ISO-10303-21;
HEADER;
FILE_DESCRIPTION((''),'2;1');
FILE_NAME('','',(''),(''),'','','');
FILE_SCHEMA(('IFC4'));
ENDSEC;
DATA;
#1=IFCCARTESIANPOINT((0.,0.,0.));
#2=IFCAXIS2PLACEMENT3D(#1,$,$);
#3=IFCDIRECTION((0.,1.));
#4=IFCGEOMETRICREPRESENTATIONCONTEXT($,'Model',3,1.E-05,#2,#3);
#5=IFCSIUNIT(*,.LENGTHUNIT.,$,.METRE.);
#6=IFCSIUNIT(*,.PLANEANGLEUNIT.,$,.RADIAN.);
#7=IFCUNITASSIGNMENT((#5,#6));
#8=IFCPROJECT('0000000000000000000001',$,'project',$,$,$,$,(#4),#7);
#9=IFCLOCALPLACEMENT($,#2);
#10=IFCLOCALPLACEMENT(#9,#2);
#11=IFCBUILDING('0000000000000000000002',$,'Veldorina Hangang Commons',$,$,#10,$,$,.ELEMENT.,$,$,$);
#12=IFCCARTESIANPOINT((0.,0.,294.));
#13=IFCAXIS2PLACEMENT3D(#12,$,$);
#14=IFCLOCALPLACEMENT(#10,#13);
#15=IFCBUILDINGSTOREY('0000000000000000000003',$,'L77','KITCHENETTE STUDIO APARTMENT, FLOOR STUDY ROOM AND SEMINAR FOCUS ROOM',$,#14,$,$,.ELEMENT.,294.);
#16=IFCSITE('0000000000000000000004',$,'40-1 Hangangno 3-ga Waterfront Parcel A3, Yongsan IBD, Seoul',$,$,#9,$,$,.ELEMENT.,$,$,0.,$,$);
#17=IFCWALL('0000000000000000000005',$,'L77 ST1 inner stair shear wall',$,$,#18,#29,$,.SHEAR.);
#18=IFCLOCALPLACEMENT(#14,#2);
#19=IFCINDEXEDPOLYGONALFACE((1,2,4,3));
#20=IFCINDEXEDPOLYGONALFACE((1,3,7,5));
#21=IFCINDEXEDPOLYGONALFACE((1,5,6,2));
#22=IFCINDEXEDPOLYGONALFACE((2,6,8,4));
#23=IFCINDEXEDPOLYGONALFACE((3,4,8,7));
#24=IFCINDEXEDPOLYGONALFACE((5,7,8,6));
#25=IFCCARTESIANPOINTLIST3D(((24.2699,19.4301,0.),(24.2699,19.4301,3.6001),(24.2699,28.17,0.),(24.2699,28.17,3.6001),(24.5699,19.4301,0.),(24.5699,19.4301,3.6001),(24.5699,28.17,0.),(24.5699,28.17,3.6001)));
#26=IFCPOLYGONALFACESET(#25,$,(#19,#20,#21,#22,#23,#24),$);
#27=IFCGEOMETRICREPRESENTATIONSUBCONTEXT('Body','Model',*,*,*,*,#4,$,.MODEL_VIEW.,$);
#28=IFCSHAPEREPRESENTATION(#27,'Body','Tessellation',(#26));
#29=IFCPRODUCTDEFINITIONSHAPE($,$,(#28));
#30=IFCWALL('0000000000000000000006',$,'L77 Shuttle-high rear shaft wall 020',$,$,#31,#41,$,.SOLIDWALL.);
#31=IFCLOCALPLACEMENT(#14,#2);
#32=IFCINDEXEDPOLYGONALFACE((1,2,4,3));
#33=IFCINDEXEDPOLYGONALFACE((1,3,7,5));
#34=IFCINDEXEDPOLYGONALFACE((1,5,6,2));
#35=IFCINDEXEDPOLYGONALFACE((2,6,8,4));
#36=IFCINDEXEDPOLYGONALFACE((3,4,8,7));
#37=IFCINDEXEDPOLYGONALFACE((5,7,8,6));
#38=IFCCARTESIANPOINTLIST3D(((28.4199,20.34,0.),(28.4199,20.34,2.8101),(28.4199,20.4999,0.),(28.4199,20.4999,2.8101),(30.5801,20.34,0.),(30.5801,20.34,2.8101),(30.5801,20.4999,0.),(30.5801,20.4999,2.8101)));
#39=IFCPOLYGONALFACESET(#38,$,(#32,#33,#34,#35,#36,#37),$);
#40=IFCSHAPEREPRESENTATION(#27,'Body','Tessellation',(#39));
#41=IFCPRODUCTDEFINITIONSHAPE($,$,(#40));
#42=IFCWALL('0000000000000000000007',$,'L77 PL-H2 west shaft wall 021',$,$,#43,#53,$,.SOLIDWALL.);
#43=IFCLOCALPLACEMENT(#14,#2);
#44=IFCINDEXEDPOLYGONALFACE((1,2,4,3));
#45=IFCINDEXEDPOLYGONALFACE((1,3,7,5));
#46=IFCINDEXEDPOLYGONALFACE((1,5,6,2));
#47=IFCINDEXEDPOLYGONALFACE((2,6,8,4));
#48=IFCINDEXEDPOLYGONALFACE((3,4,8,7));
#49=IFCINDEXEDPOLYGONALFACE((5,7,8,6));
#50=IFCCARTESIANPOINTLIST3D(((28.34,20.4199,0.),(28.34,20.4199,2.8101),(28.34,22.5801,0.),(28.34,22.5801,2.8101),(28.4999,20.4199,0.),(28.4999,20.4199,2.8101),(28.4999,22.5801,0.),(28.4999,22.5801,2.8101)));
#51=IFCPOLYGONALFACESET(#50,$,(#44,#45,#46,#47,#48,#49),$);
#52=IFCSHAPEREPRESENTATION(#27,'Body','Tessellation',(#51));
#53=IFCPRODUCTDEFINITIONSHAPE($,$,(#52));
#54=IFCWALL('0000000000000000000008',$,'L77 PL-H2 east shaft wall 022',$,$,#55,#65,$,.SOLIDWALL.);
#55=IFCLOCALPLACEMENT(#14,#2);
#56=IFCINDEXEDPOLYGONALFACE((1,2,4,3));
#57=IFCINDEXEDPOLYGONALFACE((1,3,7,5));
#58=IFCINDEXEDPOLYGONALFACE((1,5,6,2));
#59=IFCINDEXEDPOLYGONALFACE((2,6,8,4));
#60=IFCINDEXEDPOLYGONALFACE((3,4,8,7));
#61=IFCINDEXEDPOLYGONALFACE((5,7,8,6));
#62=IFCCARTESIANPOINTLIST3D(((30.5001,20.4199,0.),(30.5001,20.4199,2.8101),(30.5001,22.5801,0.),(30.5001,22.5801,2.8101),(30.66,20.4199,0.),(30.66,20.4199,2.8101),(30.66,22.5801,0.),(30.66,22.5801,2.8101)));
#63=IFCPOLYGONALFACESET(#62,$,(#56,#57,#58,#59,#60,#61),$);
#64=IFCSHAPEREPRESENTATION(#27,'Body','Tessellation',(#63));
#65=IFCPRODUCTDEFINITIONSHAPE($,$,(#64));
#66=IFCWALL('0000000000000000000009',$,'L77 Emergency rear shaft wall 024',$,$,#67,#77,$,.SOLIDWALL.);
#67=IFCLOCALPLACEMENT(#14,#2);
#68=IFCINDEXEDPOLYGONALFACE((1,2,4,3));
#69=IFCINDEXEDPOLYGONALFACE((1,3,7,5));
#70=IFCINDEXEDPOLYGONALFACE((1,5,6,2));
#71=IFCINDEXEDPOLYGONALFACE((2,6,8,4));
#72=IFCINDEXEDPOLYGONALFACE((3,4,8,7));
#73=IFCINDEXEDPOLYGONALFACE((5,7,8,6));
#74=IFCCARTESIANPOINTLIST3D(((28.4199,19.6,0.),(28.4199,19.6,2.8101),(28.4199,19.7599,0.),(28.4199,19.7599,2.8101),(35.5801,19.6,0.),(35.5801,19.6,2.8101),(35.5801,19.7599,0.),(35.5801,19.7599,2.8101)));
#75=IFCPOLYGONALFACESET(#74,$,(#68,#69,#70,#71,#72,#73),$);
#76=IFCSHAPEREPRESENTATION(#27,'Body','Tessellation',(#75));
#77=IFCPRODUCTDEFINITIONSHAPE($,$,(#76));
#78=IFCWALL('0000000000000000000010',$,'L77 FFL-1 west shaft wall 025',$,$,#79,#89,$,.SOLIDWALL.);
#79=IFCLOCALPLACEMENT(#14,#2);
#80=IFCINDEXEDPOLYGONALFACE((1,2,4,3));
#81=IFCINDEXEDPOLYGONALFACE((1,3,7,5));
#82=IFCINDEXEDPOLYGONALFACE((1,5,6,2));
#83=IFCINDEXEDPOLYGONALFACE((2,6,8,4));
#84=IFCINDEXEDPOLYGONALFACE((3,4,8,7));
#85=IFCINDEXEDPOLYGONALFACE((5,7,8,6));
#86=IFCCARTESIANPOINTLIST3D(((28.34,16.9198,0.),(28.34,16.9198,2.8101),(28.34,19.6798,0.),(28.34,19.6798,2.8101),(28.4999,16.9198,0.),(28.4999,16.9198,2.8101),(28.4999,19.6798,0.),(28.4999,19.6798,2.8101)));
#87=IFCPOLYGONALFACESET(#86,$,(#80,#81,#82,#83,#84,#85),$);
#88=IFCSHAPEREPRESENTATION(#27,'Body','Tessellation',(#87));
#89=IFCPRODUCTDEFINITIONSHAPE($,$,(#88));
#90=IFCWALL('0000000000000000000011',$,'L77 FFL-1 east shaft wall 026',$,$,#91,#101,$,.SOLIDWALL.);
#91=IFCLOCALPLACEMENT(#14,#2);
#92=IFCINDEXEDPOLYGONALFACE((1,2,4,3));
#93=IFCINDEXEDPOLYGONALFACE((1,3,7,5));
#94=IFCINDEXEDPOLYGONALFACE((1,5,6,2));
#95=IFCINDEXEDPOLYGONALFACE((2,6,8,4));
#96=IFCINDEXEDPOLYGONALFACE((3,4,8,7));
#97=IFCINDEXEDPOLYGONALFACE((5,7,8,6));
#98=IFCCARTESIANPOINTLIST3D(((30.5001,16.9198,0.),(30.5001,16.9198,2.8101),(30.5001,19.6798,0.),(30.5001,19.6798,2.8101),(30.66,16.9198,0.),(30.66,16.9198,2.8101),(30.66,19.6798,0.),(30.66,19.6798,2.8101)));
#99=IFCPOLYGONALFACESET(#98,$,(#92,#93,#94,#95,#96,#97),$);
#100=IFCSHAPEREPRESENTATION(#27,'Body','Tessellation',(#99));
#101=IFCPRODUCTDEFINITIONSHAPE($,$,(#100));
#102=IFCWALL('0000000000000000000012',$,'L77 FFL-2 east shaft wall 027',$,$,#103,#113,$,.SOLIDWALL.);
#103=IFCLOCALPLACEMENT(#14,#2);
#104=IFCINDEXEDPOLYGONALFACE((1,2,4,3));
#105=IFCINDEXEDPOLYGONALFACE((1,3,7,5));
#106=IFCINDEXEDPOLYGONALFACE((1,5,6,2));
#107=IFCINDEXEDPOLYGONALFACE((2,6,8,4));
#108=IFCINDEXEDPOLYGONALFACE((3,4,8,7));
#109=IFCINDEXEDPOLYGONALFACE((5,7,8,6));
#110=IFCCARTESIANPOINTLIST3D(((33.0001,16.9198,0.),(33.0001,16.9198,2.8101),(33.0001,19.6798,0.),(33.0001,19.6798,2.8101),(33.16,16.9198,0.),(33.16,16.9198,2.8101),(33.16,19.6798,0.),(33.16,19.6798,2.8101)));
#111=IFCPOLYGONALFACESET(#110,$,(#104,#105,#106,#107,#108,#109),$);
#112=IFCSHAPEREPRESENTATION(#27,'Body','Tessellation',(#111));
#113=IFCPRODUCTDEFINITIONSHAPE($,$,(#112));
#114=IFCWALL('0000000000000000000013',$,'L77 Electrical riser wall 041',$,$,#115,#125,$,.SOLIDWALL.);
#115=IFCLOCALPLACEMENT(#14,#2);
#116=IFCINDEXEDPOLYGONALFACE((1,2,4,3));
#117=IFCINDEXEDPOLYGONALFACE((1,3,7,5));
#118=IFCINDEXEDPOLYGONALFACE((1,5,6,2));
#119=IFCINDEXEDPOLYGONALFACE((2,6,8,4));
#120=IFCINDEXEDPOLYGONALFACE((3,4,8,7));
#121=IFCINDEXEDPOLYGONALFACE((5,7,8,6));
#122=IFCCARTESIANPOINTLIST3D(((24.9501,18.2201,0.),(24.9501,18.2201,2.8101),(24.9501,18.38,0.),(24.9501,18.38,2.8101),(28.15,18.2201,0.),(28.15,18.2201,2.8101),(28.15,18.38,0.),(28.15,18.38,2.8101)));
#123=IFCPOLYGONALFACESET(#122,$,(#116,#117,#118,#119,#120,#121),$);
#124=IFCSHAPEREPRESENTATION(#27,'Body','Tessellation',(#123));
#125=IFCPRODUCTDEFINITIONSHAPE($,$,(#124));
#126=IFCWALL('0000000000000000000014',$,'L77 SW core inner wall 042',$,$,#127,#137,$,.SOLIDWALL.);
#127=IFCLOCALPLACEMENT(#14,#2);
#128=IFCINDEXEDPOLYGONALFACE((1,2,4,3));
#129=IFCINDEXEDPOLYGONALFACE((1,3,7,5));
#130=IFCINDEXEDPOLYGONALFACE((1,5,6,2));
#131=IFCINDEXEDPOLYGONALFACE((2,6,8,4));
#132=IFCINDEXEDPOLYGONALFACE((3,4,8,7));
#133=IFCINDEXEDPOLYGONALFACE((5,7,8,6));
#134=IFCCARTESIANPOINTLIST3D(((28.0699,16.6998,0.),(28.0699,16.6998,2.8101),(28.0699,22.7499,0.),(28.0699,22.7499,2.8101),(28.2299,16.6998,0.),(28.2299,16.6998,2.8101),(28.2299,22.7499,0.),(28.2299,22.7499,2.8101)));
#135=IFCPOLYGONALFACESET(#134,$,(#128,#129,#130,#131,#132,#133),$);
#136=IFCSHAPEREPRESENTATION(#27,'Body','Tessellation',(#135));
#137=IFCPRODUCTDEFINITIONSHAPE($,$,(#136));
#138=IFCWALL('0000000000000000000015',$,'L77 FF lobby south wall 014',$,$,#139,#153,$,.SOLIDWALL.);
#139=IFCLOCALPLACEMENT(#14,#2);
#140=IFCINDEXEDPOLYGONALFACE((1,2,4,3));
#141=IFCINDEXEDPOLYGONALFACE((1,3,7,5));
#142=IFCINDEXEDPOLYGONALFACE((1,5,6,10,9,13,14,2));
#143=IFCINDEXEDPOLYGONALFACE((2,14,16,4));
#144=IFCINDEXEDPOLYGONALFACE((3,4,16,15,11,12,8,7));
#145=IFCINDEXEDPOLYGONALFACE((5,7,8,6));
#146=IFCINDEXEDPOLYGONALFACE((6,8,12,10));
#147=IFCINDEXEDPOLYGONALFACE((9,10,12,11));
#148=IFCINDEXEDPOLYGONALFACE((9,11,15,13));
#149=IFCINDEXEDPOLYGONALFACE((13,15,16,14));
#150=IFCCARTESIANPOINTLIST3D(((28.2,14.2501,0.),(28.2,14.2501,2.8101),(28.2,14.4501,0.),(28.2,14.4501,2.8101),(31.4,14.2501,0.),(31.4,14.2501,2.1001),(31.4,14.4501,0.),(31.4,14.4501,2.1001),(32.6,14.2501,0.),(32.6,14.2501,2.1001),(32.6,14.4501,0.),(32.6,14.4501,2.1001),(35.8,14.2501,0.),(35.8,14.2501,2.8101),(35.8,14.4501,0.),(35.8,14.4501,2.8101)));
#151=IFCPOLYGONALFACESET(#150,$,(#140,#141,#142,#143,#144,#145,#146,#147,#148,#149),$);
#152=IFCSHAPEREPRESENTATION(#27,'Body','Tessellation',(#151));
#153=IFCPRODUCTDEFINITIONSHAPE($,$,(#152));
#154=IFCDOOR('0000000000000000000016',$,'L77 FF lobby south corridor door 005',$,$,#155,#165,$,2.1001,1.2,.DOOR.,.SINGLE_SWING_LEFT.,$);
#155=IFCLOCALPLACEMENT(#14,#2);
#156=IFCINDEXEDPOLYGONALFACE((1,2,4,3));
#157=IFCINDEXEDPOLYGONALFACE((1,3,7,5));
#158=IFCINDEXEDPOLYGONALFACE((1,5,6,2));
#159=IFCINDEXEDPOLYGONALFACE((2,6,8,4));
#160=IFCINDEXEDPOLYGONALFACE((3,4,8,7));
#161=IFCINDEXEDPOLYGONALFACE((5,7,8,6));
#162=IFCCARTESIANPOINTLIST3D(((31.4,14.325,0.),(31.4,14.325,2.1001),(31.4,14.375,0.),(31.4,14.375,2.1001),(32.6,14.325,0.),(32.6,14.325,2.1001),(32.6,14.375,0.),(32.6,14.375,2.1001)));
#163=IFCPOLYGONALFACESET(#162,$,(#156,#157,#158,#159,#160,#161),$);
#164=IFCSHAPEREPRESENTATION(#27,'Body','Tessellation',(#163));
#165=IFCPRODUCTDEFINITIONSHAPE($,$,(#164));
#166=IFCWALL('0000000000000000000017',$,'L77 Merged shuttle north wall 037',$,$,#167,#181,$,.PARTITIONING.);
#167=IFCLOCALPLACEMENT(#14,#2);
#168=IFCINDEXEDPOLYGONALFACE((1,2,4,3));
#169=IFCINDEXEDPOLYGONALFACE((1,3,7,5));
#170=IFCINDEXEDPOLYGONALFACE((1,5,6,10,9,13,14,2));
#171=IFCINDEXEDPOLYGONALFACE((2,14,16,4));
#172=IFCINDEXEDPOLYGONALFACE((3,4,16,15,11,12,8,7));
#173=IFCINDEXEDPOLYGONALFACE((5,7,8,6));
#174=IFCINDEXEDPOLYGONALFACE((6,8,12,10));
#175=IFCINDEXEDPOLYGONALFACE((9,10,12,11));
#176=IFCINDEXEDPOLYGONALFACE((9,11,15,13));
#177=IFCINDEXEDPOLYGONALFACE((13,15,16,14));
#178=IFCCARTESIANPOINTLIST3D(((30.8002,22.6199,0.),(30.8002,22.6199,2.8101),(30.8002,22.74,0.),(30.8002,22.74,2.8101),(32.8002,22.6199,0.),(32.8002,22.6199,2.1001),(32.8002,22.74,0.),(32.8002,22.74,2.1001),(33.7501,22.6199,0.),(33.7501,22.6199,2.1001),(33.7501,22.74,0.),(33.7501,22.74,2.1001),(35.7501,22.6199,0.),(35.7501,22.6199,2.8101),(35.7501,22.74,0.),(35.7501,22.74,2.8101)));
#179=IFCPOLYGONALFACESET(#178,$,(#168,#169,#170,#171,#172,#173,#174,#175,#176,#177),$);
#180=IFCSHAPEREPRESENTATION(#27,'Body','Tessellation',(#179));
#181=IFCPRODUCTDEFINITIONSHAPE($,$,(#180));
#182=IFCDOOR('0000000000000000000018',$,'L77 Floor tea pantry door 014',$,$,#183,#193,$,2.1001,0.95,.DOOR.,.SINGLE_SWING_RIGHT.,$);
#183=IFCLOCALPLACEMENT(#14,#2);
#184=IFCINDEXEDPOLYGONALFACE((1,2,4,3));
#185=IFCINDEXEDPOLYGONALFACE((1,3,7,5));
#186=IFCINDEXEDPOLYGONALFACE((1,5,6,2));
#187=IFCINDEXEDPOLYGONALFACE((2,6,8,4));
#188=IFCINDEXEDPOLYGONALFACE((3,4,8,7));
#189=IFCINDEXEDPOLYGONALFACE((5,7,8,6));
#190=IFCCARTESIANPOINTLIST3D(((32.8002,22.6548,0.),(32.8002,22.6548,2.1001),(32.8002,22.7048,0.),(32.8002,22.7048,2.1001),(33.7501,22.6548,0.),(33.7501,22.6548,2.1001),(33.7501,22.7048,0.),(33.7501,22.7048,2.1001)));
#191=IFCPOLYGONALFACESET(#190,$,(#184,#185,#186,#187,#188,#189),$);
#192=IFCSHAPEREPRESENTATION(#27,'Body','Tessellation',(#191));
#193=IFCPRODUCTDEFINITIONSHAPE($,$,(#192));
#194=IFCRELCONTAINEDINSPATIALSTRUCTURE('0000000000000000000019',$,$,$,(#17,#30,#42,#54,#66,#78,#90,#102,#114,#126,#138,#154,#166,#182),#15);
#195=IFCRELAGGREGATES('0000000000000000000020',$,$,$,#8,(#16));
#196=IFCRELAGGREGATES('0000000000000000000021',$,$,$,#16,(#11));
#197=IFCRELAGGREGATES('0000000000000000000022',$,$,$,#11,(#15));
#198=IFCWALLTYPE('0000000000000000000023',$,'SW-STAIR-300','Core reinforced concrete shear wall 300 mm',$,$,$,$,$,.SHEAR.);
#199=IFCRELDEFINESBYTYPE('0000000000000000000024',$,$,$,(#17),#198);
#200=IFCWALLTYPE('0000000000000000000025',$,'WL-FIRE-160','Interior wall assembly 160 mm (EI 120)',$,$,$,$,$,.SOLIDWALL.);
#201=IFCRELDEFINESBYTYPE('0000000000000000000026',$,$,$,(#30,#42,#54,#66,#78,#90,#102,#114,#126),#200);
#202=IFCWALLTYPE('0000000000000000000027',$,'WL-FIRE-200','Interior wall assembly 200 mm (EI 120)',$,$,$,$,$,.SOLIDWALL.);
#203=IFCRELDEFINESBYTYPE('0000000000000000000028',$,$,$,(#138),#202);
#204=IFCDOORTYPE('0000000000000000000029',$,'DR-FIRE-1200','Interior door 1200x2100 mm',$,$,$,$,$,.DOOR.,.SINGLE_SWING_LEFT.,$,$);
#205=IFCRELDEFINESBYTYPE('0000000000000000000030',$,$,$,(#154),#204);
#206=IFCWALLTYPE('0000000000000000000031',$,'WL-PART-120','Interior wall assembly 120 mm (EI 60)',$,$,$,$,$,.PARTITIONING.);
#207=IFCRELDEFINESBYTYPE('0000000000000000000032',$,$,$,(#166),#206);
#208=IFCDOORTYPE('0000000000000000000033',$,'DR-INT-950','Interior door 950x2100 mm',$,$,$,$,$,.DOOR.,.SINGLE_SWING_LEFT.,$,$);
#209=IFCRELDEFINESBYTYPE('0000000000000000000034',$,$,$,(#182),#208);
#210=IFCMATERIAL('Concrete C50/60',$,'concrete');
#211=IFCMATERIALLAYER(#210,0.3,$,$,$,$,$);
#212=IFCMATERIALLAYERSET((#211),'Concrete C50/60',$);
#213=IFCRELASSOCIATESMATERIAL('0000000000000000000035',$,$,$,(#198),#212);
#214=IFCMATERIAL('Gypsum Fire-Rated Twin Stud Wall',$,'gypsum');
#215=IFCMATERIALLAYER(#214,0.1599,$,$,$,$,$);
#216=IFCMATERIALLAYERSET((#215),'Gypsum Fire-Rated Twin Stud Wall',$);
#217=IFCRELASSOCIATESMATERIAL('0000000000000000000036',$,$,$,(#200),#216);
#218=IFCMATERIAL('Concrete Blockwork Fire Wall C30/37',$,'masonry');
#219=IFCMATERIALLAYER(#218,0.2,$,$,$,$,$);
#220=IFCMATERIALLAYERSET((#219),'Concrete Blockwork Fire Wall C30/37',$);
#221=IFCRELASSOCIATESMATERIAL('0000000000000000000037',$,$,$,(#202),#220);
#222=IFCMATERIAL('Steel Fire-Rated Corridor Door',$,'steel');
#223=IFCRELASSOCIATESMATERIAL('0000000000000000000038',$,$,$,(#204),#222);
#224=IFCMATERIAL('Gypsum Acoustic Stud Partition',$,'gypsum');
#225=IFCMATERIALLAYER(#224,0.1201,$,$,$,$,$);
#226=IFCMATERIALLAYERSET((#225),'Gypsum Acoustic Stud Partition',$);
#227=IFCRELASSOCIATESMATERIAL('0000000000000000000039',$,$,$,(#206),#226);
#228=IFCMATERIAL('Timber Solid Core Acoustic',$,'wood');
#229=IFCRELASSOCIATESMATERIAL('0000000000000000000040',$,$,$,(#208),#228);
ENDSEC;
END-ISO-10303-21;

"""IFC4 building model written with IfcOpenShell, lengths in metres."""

from ifc_helpers import new_model, si_unit, direction, frame, frame_2d, origin, place, context, subcontext, project, spatial, rectangle, extrude, material, layer, layer_set, type_object, element, fill, save


model = new_model("IFC4")

# Units and contexts
model_context = context("Model", 3, precision=1e-05, world=origin(), true_north=direction((0.0, 1.0)))
body_context = subcontext(model_context, "Body", "Model", "MODEL_VIEW")
ifc_project = project(units=[si_unit("LENGTHUNIT", "METRE"), si_unit("PLANEANGLEUNIT", "RADIAN")], contexts=[model_context])

# Site, building, storey
site_placement = place(None, origin())
site = spatial("IfcSite", under=ifc_project, at=site_placement, Name="40-1 Hangangno 3-ga Waterfront Parcel A3, Yongsan IBD, Seoul", CompositionType="ELEMENT", RefElevation=0.0)
building_placement = place(site_placement, origin())
building = spatial("IfcBuilding", under=site, at=building_placement, Name="Veldorina Hangang Commons", CompositionType="ELEMENT")
storey_placement = place(building_placement, frame((0.0, 0.0, 294.0)))
storey = spatial("IfcBuildingStorey", under=building, at=storey_placement, Name="L77", Description="KITCHENETTE STUDIO APARTMENT, FLOOR STUDY ROOM AND SEMINAR FOCUS ROOM", CompositionType="ELEMENT", Elevation=294.0)

# Shared definitions
ifc_material_1 = material(Name="Concrete C50/60", Category="concrete")

# Wall
ifc_layer_1 = layer(ifc_material_1, 0.3)
ifc_layer_set_1 = layer_set([ifc_layer_1], Name="Concrete C50/60")
wall_type_1 = type_object("IfcWallType", Name="SW-STAIR-300", Description="Core reinforced concrete shear wall 300 mm", PredefinedType="SHEAR", material=ifc_layer_set_1)
wall_1_placement = place(storey_placement, frame((24.4199, 19.4299, 0.0), z_axis=(0.0, 0.0, 1.0), x_axis=(0.0, 1.0, 0.0)))
element("IfcWall", 1, at=wall_1_placement, inside=storey, type_object=wall_type_1, Name="L77 ST1 inner stair shear wall", PredefinedType="SHEAR", context=body_context, shape_type="SweptSolid", body=[
    extrude(rectangle(XDim=8.74, YDim=0.3, at=frame_2d((4.3701, 0.0))), origin(), (0.0, 0.0, 1.0), 3.6001),
])

# Shared definitions
ifc_material_2 = material(Name="Gypsum Fire-Rated Twin Stud Wall", Category="gypsum")
ifc_layer_2 = layer(ifc_material_2, 0.1599)
ifc_layer_set_2 = layer_set([ifc_layer_2], Name="Gypsum Fire-Rated Twin Stud Wall")
wall_type_2 = type_object("IfcWallType", Name="WL-FIRE-160", Description="Interior wall assembly 160 mm (EI 120)", PredefinedType="SOLIDWALL", material=ifc_layer_set_2)

# Walls
for number, where, z_axis, x_axis, name in (
    (2, (28.4199, 20.4199, 0.0), (0.0, 0.0, 1.0), (1.0, 0.0, 0.0), "L77 Shuttle-high rear shaft wall 020"),
    (3, (28.4199, 20.4199, 0.0), (0.0, 0.0, 1.0), (0.0, 1.0, 0.0), "L77 PL-H2 west shaft wall 021"),
    (4, (30.5801, 20.4199, 0.0), (0.0, 0.0, 1.0), (0.0, 1.0, 0.0), "L77 PL-H2 east shaft wall 022"),
):
    element("IfcWall", number, at=place(storey_placement, frame(where, z_axis=z_axis, x_axis=x_axis)), inside=storey, type_object=wall_type_2, Name=name, PredefinedType="SOLIDWALL", context=body_context, shape_type="SweptSolid", body=[
        extrude(rectangle(XDim=2.1602, YDim=0.1599, at=frame_2d((1.0801, 0.0))), origin(), (0.0, 0.0, 1.0), 2.8101),
    ])

# Walls
wall_2_placement = place(storey_placement, frame((28.4199, 19.6799, 0.0), z_axis=(0.0, 0.0, 1.0), x_axis=(1.0, 0.0, 0.0)))
element("IfcWall", 5, at=wall_2_placement, inside=storey, type_object=wall_type_2, Name="L77 Emergency rear shaft wall 024", PredefinedType="SOLIDWALL", context=body_context, shape_type="SweptSolid", body=[
    extrude(rectangle(XDim=7.1602, YDim=0.1599, at=frame_2d((3.5801, 0.0))), origin(), (0.0, 0.0, 1.0), 2.8101),
])
for number, where, z_axis, x_axis, name in (
    (6, (28.4199, 16.9199, 0.0), (0.0, 0.0, 1.0), (0.0, 1.0, 0.0), "L77 FFL-1 west shaft wall 025"),
    (7, (30.5801, 16.9199, 0.0), (0.0, 0.0, 1.0), (0.0, 1.0, 0.0), "L77 FFL-1 east shaft wall 026"),
    (8, (33.0801, 16.9199, 0.0), (0.0, 0.0, 1.0), (0.0, 1.0, 0.0), "L77 FFL-2 east shaft wall 027"),
):
    element("IfcWall", number, at=place(storey_placement, frame(where, z_axis=z_axis, x_axis=x_axis)), inside=storey, type_object=wall_type_2, Name=name, PredefinedType="SOLIDWALL", context=body_context, shape_type="SweptSolid", body=[
        extrude(rectangle(XDim=2.76, YDim=0.1599, at=frame_2d((1.3799, 0.0))), origin(), (0.0, 0.0, 1.0), 2.8101),
    ])
wall_3_placement = place(storey_placement, frame((24.95, 18.3, 0.0), z_axis=(0.0, 0.0, 1.0), x_axis=(1.0, 0.0, 0.0)))
element("IfcWall", 9, at=wall_3_placement, inside=storey, type_object=wall_type_2, Name="L77 Electrical riser wall 041", PredefinedType="SOLIDWALL", context=body_context, shape_type="SweptSolid", body=[
    extrude(rectangle(XDim=3.2, YDim=0.1599, at=frame_2d((1.6001, 0.0))), origin(), (0.0, 0.0, 1.0), 2.8101),
])
wall_4_placement = place(storey_placement, frame((28.1499, 16.7, 0.0), z_axis=(0.0, 0.0, 1.0), x_axis=(0.0, 1.0, 0.0)))
element("IfcWall", 10, at=wall_4_placement, inside=storey, type_object=wall_type_2, Name="L77 SW core inner wall 042", PredefinedType="SOLIDWALL", context=body_context, shape_type="SweptSolid", body=[
    extrude(rectangle(XDim=6.05, YDim=0.1599, at=frame_2d((3.0249, 0.0))), origin(), (0.0, 0.0, 1.0), 2.8101),
])

# Walls, openings, doors
ifc_material_3 = material(Name="Concrete Blockwork Fire Wall C30/37", Category="masonry")
ifc_layer_3 = layer(ifc_material_3, 0.2)
ifc_layer_set_3 = layer_set([ifc_layer_3], Name="Concrete Blockwork Fire Wall C30/37")
wall_type_3 = type_object("IfcWallType", Name="WL-FIRE-200", Description="Interior wall assembly 200 mm (EI 120)", PredefinedType="SOLIDWALL", material=ifc_layer_set_3)
wall_5_placement = place(storey_placement, frame((28.2, 14.3501, 0.0), z_axis=(0.0, 0.0, 1.0), x_axis=(1.0, 0.0, 0.0)))
wall_5 = element("IfcWall", 11, at=wall_5_placement, inside=storey, type_object=wall_type_3, Name="L77 FF lobby south wall 014", PredefinedType="SOLIDWALL", context=body_context, shape_type="SweptSolid", body=[
    extrude(rectangle(XDim=7.6001, YDim=0.2, at=frame_2d((3.8, 0.0))), origin(), (0.0, 0.0, 1.0), 2.8101),
])
opening_1_placement = place(wall_5_placement, frame((3.2, 0.0, 0.0)))
opening_1 = element("IfcOpeningElement", 12, at=opening_1_placement, cuts=wall_5, PredefinedType="OPENING", context=body_context, shape_type="SweptSolid", body=[
    extrude(rectangle(XDim=1.2, YDim=2.1001, at=frame_2d((0.6001, 1.05))), frame((0.0, 0.1099, 0.0), z_axis=(0.0, -1.0, 0.0), x_axis=(1.0, 0.0, 0.0)), (0.0, 0.0, 1.0), 0.22),
])
ifc_material_4 = material(Name="Steel Fire-Rated Corridor Door", Category="steel")
door_type_1 = type_object("IfcDoorType", Name="DR-FIRE-1200", Description="Interior door 1200x2100 mm", OperationType="SINGLE_SWING_LEFT", PredefinedType="DOOR", material=ifc_material_4)
door_1_placement = place(opening_1_placement, origin())
door_1 = element("IfcDoor", 13, at=door_1_placement, inside=storey, type_object=door_type_1, Name="L77 FF lobby south corridor door 005", OperationType="SINGLE_SWING_LEFT", OverallHeight=2.1001, OverallWidth=1.2, PredefinedType="DOOR", context=body_context, shape_type="SweptSolid", body=[
    extrude(rectangle(XDim=1.2, YDim=2.1001, at=frame_2d((0.6001, 1.05))), frame((0.0, 0.0249, 0.0), z_axis=(0.0, -1.0, 0.0), x_axis=(1.0, 0.0, 0.0)), (0.0, 0.0, 1.0), 0.05),
])
fill(opening_1, door_1)
ifc_material_5 = material(Name="Gypsum Acoustic Stud Partition", Category="gypsum")
ifc_layer_4 = layer(ifc_material_5, 0.1201)
ifc_layer_set_4 = layer_set([ifc_layer_4], Name="Gypsum Acoustic Stud Partition")
wall_type_4 = type_object("IfcWallType", Name="WL-PART-120", Description="Interior wall assembly 120 mm (EI 60)", PredefinedType="PARTITIONING", material=ifc_layer_set_4)
wall_6_placement = place(storey_placement, frame((30.8, 22.6799, 0.0), z_axis=(0.0, 0.0, 1.0), x_axis=(1.0, 0.0, 0.0)))
wall_6 = element("IfcWall", 14, at=wall_6_placement, inside=storey, type_object=wall_type_4, Name="L77 Merged shuttle north wall 037", PredefinedType="PARTITIONING", context=body_context, shape_type="SweptSolid", body=[
    extrude(rectangle(XDim=4.95, YDim=0.1201, at=frame_2d((2.4751, 0.0))), origin(), (0.0, 0.0, 1.0), 2.8101),
])
opening_2_placement = place(wall_6_placement, frame((2.0, 0.0, 0.0)))
opening_2 = element("IfcOpeningElement", 15, at=opening_2_placement, cuts=wall_6, PredefinedType="OPENING", context=body_context, shape_type="SweptSolid", body=[
    extrude(rectangle(XDim=0.95, YDim=2.1001, at=frame_2d((0.4751, 1.05))), frame((0.0, 0.0701, 0.0), z_axis=(0.0, -1.0, 0.0), x_axis=(1.0, 0.0, 0.0)), (0.0, 0.0, 1.0), 0.1401),
])
ifc_material_6 = material(Name="Timber Solid Core Acoustic", Category="wood")
door_type_2 = type_object("IfcDoorType", Name="DR-INT-950", Description="Interior door 950x2100 mm", OperationType="SINGLE_SWING_LEFT", PredefinedType="DOOR", material=ifc_material_6)
door_2_placement = place(opening_2_placement, origin())
door_2 = element("IfcDoor", 16, at=door_2_placement, inside=storey, type_object=door_type_2, Name="L77 Floor tea pantry door 014", OperationType="SINGLE_SWING_RIGHT", OverallHeight=2.1001, OverallWidth=0.95, PredefinedType="DOOR", context=body_context, shape_type="SweptSolid", body=[
    extrude(rectangle(XDim=0.95, YDim=2.1001, at=frame_2d((0.4751, 1.05))), frame((0.0, 0.0249, 0.0), z_axis=(0.0, -1.0, 0.0), x_axis=(1.0, 0.0, 0.0)), (0.0, 0.0, 1.0), 0.05),
])
fill(opening_2, door_2)

save(model, "model.ifc")
